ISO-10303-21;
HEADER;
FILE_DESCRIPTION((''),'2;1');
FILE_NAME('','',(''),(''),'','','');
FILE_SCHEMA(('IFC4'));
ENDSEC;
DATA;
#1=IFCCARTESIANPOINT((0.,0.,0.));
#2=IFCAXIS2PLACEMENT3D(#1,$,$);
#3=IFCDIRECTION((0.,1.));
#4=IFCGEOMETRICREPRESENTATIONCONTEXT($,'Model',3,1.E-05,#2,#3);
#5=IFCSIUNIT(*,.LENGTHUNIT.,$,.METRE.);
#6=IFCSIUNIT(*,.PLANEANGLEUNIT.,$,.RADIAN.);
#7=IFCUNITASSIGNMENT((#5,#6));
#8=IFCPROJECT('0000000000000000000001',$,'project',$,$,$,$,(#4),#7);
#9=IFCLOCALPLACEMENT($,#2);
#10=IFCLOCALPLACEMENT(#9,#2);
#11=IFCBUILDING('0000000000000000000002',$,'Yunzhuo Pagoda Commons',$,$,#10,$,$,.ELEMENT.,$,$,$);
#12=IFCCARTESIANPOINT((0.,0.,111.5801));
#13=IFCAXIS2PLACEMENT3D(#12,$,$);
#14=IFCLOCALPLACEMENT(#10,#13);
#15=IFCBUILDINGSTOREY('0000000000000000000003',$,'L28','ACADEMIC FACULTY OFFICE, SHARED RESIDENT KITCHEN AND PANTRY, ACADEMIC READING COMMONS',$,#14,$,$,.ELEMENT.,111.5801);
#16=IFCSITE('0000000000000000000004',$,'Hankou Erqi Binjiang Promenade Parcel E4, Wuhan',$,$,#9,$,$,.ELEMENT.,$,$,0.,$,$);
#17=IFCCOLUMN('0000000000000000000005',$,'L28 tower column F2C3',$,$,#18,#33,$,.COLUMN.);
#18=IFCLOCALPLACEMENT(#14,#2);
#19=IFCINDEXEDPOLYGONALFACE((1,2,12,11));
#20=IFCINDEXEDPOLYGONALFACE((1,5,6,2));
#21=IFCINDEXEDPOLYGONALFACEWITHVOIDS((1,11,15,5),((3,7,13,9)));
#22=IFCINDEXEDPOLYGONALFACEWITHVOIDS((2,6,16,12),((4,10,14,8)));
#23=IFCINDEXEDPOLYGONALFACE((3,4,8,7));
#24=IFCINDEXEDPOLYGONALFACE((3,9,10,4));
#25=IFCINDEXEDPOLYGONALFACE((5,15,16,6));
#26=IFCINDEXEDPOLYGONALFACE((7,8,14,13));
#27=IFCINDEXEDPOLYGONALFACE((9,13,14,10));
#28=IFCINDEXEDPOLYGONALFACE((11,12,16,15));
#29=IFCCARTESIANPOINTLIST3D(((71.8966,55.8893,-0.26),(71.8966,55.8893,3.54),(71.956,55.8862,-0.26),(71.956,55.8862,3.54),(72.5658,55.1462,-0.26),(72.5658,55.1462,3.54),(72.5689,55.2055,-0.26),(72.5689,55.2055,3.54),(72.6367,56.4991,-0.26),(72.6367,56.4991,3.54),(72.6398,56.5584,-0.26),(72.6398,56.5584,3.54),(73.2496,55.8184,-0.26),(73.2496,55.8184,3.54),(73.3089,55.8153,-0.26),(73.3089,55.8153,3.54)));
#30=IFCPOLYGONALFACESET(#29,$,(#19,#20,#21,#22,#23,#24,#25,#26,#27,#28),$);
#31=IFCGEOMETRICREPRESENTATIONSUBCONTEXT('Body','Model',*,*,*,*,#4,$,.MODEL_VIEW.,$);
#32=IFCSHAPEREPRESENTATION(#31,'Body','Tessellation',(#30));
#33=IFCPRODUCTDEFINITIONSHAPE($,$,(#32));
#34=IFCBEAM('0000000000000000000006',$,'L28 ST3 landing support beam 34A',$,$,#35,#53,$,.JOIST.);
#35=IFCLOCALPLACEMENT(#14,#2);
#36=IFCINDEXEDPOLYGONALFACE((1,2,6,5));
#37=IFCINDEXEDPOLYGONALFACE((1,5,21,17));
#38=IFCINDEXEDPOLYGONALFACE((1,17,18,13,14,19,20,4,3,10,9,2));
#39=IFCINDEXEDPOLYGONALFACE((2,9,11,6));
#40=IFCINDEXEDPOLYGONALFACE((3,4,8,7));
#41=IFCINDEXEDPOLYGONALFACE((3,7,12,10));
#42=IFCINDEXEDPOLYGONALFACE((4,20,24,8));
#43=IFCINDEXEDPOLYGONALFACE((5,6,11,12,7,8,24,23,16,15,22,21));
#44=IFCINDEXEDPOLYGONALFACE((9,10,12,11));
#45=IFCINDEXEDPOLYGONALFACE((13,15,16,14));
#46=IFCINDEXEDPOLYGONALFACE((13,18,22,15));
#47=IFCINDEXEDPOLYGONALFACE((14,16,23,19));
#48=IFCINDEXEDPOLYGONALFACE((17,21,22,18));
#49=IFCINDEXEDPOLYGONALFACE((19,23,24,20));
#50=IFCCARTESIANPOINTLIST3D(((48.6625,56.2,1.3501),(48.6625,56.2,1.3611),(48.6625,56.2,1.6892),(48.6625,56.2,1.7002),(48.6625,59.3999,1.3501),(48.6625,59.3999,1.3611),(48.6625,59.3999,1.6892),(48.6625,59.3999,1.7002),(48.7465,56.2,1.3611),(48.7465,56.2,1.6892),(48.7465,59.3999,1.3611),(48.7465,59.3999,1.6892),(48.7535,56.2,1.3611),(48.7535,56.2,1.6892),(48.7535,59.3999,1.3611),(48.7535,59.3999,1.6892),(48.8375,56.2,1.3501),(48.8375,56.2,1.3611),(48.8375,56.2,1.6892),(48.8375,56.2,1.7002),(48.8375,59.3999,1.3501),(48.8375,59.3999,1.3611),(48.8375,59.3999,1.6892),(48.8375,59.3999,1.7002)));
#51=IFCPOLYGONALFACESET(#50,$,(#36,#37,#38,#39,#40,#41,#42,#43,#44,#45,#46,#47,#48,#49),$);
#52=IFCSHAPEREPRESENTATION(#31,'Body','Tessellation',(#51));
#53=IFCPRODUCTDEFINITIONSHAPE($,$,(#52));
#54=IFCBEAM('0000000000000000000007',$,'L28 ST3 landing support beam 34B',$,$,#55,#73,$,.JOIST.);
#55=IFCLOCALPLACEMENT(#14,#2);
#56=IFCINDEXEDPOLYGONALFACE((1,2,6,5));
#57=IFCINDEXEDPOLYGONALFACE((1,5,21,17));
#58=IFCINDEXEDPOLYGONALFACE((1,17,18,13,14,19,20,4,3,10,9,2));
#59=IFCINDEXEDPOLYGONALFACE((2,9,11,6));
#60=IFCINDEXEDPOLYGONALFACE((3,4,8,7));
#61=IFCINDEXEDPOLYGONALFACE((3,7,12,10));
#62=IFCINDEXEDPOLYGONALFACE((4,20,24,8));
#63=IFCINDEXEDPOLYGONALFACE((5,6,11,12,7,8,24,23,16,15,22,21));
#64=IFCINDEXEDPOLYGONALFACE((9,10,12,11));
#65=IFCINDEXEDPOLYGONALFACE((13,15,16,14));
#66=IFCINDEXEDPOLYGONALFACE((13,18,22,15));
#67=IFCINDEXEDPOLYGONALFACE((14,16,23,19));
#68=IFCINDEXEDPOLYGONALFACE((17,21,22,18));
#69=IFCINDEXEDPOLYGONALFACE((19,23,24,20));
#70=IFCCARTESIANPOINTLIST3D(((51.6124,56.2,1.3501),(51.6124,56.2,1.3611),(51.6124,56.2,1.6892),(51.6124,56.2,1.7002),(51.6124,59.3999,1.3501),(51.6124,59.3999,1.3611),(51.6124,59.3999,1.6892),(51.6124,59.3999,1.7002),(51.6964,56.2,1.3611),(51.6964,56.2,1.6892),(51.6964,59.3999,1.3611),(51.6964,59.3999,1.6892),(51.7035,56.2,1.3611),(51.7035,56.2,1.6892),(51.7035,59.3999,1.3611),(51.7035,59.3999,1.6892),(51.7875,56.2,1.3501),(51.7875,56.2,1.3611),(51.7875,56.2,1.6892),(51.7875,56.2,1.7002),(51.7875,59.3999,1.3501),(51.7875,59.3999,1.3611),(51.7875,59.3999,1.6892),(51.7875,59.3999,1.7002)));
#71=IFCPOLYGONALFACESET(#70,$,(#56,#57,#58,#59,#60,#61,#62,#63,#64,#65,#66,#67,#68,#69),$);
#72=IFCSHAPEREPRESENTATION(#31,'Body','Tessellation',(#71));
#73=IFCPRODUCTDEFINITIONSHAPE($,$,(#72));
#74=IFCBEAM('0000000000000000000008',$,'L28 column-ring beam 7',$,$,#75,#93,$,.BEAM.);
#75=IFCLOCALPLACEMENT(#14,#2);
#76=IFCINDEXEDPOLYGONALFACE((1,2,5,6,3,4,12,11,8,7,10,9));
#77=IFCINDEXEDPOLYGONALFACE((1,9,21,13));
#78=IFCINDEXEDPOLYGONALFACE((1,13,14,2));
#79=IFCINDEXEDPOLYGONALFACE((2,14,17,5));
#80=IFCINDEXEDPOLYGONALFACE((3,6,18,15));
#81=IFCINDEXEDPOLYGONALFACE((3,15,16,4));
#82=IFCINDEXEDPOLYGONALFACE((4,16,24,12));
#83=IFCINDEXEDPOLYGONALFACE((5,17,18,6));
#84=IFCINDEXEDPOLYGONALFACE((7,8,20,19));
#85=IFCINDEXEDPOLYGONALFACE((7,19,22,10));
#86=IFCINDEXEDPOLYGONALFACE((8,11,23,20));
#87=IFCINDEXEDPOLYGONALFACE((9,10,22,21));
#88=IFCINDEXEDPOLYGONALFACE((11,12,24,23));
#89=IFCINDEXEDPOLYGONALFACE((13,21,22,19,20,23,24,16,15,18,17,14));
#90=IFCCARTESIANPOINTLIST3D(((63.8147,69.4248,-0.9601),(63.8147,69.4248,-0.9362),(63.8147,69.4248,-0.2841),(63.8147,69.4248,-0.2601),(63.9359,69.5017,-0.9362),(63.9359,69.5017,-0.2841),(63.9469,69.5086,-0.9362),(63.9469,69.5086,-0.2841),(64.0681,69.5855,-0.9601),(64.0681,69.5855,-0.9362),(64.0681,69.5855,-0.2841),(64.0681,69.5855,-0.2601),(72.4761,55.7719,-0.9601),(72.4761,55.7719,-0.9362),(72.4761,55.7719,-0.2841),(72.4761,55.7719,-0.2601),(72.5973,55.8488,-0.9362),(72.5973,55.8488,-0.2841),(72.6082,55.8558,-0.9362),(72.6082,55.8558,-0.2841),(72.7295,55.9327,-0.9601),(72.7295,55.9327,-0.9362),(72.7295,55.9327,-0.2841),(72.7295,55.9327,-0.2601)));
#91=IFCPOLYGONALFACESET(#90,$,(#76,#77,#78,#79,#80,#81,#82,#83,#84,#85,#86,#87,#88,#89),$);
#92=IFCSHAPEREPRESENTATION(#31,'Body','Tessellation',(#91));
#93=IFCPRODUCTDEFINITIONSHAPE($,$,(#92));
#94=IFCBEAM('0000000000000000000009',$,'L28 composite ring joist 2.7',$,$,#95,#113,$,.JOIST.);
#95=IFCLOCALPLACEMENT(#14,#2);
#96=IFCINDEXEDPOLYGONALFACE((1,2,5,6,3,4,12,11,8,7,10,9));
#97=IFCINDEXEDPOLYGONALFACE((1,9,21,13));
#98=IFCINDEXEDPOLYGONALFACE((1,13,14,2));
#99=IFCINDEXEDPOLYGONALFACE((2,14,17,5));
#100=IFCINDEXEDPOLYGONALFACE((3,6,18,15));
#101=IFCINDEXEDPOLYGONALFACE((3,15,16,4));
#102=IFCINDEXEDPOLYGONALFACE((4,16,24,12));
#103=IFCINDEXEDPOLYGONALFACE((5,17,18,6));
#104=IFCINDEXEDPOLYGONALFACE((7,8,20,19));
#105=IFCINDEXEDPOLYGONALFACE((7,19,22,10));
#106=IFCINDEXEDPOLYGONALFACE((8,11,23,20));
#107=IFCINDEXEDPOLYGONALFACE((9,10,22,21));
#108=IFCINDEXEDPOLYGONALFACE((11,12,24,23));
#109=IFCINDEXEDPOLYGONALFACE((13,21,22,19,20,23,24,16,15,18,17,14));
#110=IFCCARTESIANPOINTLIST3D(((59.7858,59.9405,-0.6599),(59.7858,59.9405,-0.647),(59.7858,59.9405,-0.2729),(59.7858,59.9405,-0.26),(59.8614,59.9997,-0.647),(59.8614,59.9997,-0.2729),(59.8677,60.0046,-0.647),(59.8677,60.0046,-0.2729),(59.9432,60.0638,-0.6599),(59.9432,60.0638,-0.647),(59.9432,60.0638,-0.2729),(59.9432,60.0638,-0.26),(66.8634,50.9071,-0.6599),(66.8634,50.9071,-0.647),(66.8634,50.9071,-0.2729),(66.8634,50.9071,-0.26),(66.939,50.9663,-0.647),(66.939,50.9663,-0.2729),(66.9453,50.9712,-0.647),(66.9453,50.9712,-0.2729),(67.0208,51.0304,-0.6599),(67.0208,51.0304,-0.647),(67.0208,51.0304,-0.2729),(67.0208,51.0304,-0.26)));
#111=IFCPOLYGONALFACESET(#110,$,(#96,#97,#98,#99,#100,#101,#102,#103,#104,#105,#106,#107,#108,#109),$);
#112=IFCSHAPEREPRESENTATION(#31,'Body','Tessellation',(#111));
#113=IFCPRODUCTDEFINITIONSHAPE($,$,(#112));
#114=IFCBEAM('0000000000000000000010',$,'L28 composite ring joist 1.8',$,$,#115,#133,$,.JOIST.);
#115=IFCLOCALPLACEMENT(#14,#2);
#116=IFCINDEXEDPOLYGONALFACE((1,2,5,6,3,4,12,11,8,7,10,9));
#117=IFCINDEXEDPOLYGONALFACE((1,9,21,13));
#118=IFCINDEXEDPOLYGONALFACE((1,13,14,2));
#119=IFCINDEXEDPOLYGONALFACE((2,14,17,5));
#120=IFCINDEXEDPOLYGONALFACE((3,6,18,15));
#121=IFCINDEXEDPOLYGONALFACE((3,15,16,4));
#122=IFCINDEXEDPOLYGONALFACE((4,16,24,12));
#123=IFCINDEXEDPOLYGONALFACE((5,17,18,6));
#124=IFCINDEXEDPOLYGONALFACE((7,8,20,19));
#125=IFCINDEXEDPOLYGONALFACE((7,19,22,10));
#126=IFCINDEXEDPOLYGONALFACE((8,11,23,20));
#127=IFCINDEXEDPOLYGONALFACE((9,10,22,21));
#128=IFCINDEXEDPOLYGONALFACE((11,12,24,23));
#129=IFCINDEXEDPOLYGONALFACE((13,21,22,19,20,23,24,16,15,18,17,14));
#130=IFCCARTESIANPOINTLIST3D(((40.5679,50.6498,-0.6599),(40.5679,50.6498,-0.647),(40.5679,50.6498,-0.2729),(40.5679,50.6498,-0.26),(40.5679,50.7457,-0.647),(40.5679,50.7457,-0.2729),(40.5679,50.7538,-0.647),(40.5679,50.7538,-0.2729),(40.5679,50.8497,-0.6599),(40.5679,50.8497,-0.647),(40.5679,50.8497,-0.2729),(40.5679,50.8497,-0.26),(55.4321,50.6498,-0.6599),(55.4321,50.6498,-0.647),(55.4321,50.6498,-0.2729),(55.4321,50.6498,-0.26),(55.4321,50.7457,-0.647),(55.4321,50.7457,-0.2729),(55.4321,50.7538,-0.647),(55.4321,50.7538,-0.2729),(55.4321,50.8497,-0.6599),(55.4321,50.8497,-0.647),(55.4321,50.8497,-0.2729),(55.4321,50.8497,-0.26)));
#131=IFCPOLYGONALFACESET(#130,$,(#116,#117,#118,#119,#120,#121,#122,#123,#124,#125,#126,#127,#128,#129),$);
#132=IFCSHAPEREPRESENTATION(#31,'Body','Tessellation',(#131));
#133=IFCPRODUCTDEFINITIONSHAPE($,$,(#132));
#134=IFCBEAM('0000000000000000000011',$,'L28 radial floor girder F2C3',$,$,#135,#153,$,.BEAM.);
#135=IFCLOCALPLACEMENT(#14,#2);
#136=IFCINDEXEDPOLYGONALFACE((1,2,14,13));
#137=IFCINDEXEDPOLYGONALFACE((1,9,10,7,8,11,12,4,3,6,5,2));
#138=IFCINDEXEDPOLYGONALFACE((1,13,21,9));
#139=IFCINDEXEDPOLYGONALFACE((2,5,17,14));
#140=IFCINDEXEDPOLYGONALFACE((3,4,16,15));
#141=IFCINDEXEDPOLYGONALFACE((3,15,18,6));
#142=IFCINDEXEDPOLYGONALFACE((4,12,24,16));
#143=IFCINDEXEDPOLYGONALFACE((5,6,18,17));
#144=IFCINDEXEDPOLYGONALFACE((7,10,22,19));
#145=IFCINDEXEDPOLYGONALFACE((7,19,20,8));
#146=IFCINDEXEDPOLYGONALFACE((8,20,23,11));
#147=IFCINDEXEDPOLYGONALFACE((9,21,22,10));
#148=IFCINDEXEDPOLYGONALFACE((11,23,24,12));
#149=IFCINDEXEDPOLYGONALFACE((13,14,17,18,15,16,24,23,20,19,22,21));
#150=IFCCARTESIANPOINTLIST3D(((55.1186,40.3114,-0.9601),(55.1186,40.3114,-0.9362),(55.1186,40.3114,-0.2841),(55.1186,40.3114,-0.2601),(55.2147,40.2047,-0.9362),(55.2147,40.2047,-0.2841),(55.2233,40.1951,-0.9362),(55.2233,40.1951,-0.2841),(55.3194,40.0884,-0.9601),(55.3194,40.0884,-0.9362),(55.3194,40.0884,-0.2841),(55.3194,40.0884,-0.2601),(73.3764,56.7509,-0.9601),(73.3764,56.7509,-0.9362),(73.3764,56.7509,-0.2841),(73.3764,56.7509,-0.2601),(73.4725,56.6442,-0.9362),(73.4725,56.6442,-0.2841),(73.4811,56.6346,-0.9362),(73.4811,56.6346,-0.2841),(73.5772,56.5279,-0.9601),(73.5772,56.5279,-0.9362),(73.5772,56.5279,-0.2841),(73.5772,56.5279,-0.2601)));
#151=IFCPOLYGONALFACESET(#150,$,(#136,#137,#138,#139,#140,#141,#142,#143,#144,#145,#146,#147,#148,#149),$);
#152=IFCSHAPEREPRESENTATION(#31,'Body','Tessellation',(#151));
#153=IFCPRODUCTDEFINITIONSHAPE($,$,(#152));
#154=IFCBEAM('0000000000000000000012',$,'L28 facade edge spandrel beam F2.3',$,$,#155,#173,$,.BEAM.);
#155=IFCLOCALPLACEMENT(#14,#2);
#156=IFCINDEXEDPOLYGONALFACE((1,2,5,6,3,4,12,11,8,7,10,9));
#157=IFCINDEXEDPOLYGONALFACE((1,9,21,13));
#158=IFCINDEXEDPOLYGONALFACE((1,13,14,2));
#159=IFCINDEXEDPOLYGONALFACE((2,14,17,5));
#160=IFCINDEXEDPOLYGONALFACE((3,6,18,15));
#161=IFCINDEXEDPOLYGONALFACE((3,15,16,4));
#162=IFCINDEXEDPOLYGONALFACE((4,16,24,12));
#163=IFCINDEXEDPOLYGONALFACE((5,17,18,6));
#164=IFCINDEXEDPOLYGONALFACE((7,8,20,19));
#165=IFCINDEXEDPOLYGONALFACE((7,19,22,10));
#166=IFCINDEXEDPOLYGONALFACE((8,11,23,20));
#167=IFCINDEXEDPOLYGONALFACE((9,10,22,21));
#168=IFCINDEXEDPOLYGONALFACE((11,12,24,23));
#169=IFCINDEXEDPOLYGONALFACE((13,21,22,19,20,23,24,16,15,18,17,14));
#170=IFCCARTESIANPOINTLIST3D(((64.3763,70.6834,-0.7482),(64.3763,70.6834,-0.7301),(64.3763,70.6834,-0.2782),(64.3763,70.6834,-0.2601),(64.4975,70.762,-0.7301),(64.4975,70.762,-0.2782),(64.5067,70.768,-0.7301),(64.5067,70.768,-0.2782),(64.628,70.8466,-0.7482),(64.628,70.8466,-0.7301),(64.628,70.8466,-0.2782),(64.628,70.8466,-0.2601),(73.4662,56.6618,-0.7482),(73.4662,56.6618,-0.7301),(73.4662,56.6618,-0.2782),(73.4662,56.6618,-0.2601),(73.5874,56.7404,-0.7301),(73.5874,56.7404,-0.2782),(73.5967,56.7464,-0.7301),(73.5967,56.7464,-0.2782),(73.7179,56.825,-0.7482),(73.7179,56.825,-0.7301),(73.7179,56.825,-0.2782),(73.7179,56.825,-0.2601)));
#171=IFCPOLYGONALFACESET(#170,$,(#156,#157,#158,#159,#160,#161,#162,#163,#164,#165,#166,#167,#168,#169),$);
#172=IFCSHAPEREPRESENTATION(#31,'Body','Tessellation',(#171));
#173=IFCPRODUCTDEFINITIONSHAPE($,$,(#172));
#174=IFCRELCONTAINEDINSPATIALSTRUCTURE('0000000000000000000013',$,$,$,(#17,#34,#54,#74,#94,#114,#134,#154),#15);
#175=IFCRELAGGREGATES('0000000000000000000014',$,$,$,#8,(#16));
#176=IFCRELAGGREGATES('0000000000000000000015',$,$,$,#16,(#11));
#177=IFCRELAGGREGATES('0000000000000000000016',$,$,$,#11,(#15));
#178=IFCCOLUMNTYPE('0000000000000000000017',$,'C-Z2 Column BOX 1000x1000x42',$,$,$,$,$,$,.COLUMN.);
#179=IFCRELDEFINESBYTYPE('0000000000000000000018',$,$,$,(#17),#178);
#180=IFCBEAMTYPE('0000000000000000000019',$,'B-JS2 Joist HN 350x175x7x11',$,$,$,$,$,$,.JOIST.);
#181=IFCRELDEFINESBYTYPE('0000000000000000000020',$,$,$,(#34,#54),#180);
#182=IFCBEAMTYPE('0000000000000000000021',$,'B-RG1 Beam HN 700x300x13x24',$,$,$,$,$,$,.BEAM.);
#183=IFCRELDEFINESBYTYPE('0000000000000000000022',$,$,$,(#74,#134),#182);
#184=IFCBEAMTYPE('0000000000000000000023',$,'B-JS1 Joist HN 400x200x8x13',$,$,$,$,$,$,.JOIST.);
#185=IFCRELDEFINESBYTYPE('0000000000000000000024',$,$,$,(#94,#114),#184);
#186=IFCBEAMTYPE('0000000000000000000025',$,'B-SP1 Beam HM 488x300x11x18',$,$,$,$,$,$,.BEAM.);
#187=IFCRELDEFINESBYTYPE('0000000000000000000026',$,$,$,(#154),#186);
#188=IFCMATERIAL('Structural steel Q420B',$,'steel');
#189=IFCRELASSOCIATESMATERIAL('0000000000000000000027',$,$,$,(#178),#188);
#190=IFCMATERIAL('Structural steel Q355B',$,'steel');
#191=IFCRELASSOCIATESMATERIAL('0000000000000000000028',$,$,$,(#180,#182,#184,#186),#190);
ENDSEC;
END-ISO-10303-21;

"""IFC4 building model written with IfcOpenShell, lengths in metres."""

from ifc_helpers import new_model, si_unit, direction, frame, origin, origin_2d, place, context, subcontext, project, spatial, hollow_rectangle, i_section, extrude, source, transform, mapped, material, material_profile, profile_set, type_object, element, save


model = new_model("IFC4")

# Units and contexts
model_context = context("Model", 3, precision=1e-05, world=origin(), true_north=direction((0.0, 1.0)))
body_context = subcontext(model_context, "Body", "Model", "MODEL_VIEW")
ifc_project = project(units=[si_unit("LENGTHUNIT", "METRE"), si_unit("PLANEANGLEUNIT", "RADIAN")], contexts=[model_context])

# Site, building, storey
site_placement = place(None, origin())
site = spatial("IfcSite", under=ifc_project, at=site_placement, Name="Hankou Erqi Binjiang Promenade Parcel E4, Wuhan", CompositionType="ELEMENT", RefElevation=0.0)
building_placement = place(site_placement, origin())
building = spatial("IfcBuilding", under=site, at=building_placement, Name="Yunzhuo Pagoda Commons", CompositionType="ELEMENT")
storey_placement = place(building_placement, frame((0.0, 0.0, 111.5801)))
storey = spatial("IfcBuildingStorey", under=building, at=storey_placement, Name="L28", Description="ACADEMIC FACULTY OFFICE, SHARED RESIDENT KITCHEN AND PANTRY, ACADEMIC READING COMMONS", CompositionType="ELEMENT", Elevation=111.5801)

# Column
ifc_material_1 = material(Name="Structural steel Q420B", Category="steel")
ifc_material_profile_1 = material_profile(ifc_material_1, hollow_rectangle(XDim=1.0, YDim=1.0, WallThickness=0.042, at=origin_2d()), Name="Structural steel Q420B")
ifc_profile_set_1 = profile_set([ifc_material_profile_1], Name="Structural steel Q420B")
column_type = type_object("IfcColumnType", Name="C-Z2 Column BOX 1000x1000x42", PredefinedType="COLUMN", material=ifc_profile_set_1)
shared_shape_1 = source(origin(), body_context, "Body", "SweptSolid", [
    extrude(hollow_rectangle(XDim=1.0, YDim=1.0, WallThickness=0.042, at=origin_2d()), origin(), (0.0, 0.0, 1.0), 3.8),
])
column_placement = place(storey_placement, frame((72.6028, 55.8523, -0.26), z_axis=(0.0, 0.0, 1.0), x_axis=(-0.669131, 0.743145, 0.0)))
element("IfcColumn", 1, at=column_placement, inside=storey, type_object=column_type, Name="L28 tower column F2C3", PredefinedType="COLUMN", context=body_context, shape_type="MappedRepresentation", body=[
    mapped(shared_shape_1, transform((0.0, 0.0, 0.0), scale=1.0)),
])

# Beams
ifc_material_2 = material(Name="Structural steel Q355B", Category="steel")
ifc_material_profile_2 = material_profile(ifc_material_2, i_section(OverallWidth=0.175, OverallDepth=0.3501, WebThickness=0.0071, FlangeThickness=0.011, at=origin_2d()), Name="Structural steel Q355B")
ifc_profile_set_2 = profile_set([ifc_material_profile_2], Name="Structural steel Q355B")
beam_type_1 = type_object("IfcBeamType", Name="B-JS2 Joist HN 350x175x7x11", PredefinedType="JOIST", material=ifc_profile_set_2)
shared_shape_2 = source(origin(), body_context, "Body", "SweptSolid", [
    extrude(i_section(OverallWidth=0.175, OverallDepth=0.3501, WebThickness=0.0071, FlangeThickness=0.011, at=origin_2d()), origin(), (0.0, 0.0, 1.0), 3.2),
])
for number, where, z_axis, x_axis, name in (
    (2, (48.75, 56.2, 1.5251), (0.0, 1.0, 0.0), (-1.0, 0.0, 0.0), "L28 ST3 landing support beam 34A"),
    (3, (51.7, 56.2, 1.5251), (0.0, 1.0, 0.0), (-1.0, 0.0, 0.0), "L28 ST3 landing support beam 34B"),
):
    element("IfcBeam", number, at=place(storey_placement, frame(where, z_axis=z_axis, x_axis=x_axis)), inside=storey, type_object=beam_type_1, Name=name, PredefinedType="JOIST", context=body_context, shape_type="MappedRepresentation", body=[
        mapped(shared_shape_2, transform((0.0, 0.0, 0.0), scale=1.0)),
    ])
ifc_material_profile_3 = material_profile(ifc_material_2, i_section(OverallWidth=0.3, OverallDepth=0.7, WebThickness=0.0129, FlangeThickness=0.0239, at=origin_2d()), Name="Structural steel Q355B")
ifc_profile_set_3 = profile_set([ifc_material_profile_3], Name="Structural steel Q355B")
beam_type_2 = type_object("IfcBeamType", Name="B-RG1 Beam HN 700x300x13x24", PredefinedType="BEAM", material=ifc_profile_set_3)
shared_shape_3 = source(origin(), body_context, "Body", "SweptSolid", [
    extrude(i_section(OverallWidth=0.3, OverallDepth=0.7, WebThickness=0.0129, FlangeThickness=0.0239, at=origin_2d()), origin(), (0.0, 0.0, 1.0), 16.1685),
])
beam_1_placement = place(storey_placement, frame((72.6028, 55.8523, -0.6101), z_axis=(-0.535696, 0.844411, 0.0), x_axis=(-0.844411, -0.535696, 0.0)))
element("IfcBeam", 4, at=beam_1_placement, inside=storey, type_object=beam_type_2, Name="L28 column-ring beam 7", PredefinedType="BEAM", context=body_context, shape_type="MappedRepresentation", body=[
    mapped(shared_shape_3, transform((0.0, 0.0, 0.0), scale=1.0)),
])
ifc_material_profile_4 = material_profile(ifc_material_2, i_section(OverallWidth=0.2, OverallDepth=0.3999, WebThickness=0.0081, FlangeThickness=0.0129, at=origin_2d()), Name="Structural steel Q355B")
ifc_profile_set_4 = profile_set([ifc_material_profile_4], Name="Structural steel Q355B")
beam_type_3 = type_object("IfcBeamType", Name="B-JS1 Joist HN 400x200x8x13", PredefinedType="JOIST", material=ifc_profile_set_4)
shared_shape_4 = source(origin(), body_context, "Body", "SweptSolid", [
    extrude(i_section(OverallWidth=0.2, OverallDepth=0.3999, WebThickness=0.0081, FlangeThickness=0.0129, at=origin_2d()), origin(), (0.0, 0.0, 1.0), 11.4758),
])
beam_2_placement = place(storey_placement, frame((66.9421, 50.9688, -0.46), z_axis=(-0.61674, 0.787167, 0.0), x_axis=(-0.787167, -0.61674, 0.0)))
element("IfcBeam", 5, at=beam_2_placement, inside=storey, type_object=beam_type_3, Name="L28 composite ring joist 2.7", PredefinedType="JOIST", context=body_context, shape_type="MappedRepresentation", body=[
    mapped(shared_shape_4, transform((0.0, 0.0, 0.0), scale=1.0)),
])
shared_shape_5 = source(origin(), body_context, "Body", "SweptSolid", [
    extrude(i_section(OverallWidth=0.2, OverallDepth=0.3999, WebThickness=0.0081, FlangeThickness=0.0129, at=origin_2d()), origin(), (0.0, 0.0, 1.0), 14.8643),
])
beam_3_placement = place(storey_placement, frame((55.4321, 50.7498, -0.46), z_axis=(-1.0, 0.0, 0.0), x_axis=(0.0, -1.0, 0.0)))
element("IfcBeam", 6, at=beam_3_placement, inside=storey, type_object=beam_type_3, Name="L28 composite ring joist 1.8", PredefinedType="JOIST", context=body_context, shape_type="MappedRepresentation", body=[
    mapped(shared_shape_5, transform((0.0, 0.0, 0.0), scale=1.0)),
])
shared_shape_6 = source(origin(), body_context, "Body", "SweptSolid", [
    extrude(i_section(OverallWidth=0.3, OverallDepth=0.7, WebThickness=0.0129, FlangeThickness=0.0239, at=origin_2d()), origin(), (0.0, 0.0, 1.0), 24.5684),
])
beam_4_placement = place(storey_placement, frame((73.4768, 56.6394, -0.6101), z_axis=(-0.743144, -0.669132, 0.0), x_axis=(0.669132, -0.743144, 0.0)))
element("IfcBeam", 7, at=beam_4_placement, inside=storey, type_object=beam_type_2, Name="L28 radial floor girder F2C3", PredefinedType="BEAM", context=body_context, shape_type="MappedRepresentation", body=[
    mapped(shared_shape_6, transform((0.0, 0.0, 0.0), scale=1.0)),
])
ifc_material_profile_5 = material_profile(ifc_material_2, i_section(OverallWidth=0.3, OverallDepth=0.488, WebThickness=0.011, FlangeThickness=0.0181, at=origin_2d()), Name="Structural steel Q355B")
ifc_profile_set_5 = profile_set([ifc_material_profile_5], Name="Structural steel Q355B")
beam_type_4 = type_object("IfcBeamType", Name="B-SP1 Beam HM 488x300x11x18", PredefinedType="BEAM", material=ifc_profile_set_5)
shared_shape_7 = source(origin(), body_context, "Body", "SweptSolid", [
    extrude(i_section(OverallWidth=0.3, OverallDepth=0.488, WebThickness=0.011, FlangeThickness=0.0181, at=origin_2d()), origin(), (0.0, 0.0, 1.0), 16.7102),
])
beam_5_placement = place(storey_placement, frame((73.592, 56.7434, -0.5042), z_axis=(-0.543973, 0.839103, 0.0), x_axis=(-0.839103, -0.543973, 0.0)))
element("IfcBeam", 8, at=beam_5_placement, inside=storey, type_object=beam_type_4, Name="L28 facade edge spandrel beam F2.3", PredefinedType="BEAM", context=body_context, shape_type="MappedRepresentation", body=[
    mapped(shared_shape_7, transform((0.0, 0.0, 0.0), scale=1.0)),
])

save(model, "model.ifc")
